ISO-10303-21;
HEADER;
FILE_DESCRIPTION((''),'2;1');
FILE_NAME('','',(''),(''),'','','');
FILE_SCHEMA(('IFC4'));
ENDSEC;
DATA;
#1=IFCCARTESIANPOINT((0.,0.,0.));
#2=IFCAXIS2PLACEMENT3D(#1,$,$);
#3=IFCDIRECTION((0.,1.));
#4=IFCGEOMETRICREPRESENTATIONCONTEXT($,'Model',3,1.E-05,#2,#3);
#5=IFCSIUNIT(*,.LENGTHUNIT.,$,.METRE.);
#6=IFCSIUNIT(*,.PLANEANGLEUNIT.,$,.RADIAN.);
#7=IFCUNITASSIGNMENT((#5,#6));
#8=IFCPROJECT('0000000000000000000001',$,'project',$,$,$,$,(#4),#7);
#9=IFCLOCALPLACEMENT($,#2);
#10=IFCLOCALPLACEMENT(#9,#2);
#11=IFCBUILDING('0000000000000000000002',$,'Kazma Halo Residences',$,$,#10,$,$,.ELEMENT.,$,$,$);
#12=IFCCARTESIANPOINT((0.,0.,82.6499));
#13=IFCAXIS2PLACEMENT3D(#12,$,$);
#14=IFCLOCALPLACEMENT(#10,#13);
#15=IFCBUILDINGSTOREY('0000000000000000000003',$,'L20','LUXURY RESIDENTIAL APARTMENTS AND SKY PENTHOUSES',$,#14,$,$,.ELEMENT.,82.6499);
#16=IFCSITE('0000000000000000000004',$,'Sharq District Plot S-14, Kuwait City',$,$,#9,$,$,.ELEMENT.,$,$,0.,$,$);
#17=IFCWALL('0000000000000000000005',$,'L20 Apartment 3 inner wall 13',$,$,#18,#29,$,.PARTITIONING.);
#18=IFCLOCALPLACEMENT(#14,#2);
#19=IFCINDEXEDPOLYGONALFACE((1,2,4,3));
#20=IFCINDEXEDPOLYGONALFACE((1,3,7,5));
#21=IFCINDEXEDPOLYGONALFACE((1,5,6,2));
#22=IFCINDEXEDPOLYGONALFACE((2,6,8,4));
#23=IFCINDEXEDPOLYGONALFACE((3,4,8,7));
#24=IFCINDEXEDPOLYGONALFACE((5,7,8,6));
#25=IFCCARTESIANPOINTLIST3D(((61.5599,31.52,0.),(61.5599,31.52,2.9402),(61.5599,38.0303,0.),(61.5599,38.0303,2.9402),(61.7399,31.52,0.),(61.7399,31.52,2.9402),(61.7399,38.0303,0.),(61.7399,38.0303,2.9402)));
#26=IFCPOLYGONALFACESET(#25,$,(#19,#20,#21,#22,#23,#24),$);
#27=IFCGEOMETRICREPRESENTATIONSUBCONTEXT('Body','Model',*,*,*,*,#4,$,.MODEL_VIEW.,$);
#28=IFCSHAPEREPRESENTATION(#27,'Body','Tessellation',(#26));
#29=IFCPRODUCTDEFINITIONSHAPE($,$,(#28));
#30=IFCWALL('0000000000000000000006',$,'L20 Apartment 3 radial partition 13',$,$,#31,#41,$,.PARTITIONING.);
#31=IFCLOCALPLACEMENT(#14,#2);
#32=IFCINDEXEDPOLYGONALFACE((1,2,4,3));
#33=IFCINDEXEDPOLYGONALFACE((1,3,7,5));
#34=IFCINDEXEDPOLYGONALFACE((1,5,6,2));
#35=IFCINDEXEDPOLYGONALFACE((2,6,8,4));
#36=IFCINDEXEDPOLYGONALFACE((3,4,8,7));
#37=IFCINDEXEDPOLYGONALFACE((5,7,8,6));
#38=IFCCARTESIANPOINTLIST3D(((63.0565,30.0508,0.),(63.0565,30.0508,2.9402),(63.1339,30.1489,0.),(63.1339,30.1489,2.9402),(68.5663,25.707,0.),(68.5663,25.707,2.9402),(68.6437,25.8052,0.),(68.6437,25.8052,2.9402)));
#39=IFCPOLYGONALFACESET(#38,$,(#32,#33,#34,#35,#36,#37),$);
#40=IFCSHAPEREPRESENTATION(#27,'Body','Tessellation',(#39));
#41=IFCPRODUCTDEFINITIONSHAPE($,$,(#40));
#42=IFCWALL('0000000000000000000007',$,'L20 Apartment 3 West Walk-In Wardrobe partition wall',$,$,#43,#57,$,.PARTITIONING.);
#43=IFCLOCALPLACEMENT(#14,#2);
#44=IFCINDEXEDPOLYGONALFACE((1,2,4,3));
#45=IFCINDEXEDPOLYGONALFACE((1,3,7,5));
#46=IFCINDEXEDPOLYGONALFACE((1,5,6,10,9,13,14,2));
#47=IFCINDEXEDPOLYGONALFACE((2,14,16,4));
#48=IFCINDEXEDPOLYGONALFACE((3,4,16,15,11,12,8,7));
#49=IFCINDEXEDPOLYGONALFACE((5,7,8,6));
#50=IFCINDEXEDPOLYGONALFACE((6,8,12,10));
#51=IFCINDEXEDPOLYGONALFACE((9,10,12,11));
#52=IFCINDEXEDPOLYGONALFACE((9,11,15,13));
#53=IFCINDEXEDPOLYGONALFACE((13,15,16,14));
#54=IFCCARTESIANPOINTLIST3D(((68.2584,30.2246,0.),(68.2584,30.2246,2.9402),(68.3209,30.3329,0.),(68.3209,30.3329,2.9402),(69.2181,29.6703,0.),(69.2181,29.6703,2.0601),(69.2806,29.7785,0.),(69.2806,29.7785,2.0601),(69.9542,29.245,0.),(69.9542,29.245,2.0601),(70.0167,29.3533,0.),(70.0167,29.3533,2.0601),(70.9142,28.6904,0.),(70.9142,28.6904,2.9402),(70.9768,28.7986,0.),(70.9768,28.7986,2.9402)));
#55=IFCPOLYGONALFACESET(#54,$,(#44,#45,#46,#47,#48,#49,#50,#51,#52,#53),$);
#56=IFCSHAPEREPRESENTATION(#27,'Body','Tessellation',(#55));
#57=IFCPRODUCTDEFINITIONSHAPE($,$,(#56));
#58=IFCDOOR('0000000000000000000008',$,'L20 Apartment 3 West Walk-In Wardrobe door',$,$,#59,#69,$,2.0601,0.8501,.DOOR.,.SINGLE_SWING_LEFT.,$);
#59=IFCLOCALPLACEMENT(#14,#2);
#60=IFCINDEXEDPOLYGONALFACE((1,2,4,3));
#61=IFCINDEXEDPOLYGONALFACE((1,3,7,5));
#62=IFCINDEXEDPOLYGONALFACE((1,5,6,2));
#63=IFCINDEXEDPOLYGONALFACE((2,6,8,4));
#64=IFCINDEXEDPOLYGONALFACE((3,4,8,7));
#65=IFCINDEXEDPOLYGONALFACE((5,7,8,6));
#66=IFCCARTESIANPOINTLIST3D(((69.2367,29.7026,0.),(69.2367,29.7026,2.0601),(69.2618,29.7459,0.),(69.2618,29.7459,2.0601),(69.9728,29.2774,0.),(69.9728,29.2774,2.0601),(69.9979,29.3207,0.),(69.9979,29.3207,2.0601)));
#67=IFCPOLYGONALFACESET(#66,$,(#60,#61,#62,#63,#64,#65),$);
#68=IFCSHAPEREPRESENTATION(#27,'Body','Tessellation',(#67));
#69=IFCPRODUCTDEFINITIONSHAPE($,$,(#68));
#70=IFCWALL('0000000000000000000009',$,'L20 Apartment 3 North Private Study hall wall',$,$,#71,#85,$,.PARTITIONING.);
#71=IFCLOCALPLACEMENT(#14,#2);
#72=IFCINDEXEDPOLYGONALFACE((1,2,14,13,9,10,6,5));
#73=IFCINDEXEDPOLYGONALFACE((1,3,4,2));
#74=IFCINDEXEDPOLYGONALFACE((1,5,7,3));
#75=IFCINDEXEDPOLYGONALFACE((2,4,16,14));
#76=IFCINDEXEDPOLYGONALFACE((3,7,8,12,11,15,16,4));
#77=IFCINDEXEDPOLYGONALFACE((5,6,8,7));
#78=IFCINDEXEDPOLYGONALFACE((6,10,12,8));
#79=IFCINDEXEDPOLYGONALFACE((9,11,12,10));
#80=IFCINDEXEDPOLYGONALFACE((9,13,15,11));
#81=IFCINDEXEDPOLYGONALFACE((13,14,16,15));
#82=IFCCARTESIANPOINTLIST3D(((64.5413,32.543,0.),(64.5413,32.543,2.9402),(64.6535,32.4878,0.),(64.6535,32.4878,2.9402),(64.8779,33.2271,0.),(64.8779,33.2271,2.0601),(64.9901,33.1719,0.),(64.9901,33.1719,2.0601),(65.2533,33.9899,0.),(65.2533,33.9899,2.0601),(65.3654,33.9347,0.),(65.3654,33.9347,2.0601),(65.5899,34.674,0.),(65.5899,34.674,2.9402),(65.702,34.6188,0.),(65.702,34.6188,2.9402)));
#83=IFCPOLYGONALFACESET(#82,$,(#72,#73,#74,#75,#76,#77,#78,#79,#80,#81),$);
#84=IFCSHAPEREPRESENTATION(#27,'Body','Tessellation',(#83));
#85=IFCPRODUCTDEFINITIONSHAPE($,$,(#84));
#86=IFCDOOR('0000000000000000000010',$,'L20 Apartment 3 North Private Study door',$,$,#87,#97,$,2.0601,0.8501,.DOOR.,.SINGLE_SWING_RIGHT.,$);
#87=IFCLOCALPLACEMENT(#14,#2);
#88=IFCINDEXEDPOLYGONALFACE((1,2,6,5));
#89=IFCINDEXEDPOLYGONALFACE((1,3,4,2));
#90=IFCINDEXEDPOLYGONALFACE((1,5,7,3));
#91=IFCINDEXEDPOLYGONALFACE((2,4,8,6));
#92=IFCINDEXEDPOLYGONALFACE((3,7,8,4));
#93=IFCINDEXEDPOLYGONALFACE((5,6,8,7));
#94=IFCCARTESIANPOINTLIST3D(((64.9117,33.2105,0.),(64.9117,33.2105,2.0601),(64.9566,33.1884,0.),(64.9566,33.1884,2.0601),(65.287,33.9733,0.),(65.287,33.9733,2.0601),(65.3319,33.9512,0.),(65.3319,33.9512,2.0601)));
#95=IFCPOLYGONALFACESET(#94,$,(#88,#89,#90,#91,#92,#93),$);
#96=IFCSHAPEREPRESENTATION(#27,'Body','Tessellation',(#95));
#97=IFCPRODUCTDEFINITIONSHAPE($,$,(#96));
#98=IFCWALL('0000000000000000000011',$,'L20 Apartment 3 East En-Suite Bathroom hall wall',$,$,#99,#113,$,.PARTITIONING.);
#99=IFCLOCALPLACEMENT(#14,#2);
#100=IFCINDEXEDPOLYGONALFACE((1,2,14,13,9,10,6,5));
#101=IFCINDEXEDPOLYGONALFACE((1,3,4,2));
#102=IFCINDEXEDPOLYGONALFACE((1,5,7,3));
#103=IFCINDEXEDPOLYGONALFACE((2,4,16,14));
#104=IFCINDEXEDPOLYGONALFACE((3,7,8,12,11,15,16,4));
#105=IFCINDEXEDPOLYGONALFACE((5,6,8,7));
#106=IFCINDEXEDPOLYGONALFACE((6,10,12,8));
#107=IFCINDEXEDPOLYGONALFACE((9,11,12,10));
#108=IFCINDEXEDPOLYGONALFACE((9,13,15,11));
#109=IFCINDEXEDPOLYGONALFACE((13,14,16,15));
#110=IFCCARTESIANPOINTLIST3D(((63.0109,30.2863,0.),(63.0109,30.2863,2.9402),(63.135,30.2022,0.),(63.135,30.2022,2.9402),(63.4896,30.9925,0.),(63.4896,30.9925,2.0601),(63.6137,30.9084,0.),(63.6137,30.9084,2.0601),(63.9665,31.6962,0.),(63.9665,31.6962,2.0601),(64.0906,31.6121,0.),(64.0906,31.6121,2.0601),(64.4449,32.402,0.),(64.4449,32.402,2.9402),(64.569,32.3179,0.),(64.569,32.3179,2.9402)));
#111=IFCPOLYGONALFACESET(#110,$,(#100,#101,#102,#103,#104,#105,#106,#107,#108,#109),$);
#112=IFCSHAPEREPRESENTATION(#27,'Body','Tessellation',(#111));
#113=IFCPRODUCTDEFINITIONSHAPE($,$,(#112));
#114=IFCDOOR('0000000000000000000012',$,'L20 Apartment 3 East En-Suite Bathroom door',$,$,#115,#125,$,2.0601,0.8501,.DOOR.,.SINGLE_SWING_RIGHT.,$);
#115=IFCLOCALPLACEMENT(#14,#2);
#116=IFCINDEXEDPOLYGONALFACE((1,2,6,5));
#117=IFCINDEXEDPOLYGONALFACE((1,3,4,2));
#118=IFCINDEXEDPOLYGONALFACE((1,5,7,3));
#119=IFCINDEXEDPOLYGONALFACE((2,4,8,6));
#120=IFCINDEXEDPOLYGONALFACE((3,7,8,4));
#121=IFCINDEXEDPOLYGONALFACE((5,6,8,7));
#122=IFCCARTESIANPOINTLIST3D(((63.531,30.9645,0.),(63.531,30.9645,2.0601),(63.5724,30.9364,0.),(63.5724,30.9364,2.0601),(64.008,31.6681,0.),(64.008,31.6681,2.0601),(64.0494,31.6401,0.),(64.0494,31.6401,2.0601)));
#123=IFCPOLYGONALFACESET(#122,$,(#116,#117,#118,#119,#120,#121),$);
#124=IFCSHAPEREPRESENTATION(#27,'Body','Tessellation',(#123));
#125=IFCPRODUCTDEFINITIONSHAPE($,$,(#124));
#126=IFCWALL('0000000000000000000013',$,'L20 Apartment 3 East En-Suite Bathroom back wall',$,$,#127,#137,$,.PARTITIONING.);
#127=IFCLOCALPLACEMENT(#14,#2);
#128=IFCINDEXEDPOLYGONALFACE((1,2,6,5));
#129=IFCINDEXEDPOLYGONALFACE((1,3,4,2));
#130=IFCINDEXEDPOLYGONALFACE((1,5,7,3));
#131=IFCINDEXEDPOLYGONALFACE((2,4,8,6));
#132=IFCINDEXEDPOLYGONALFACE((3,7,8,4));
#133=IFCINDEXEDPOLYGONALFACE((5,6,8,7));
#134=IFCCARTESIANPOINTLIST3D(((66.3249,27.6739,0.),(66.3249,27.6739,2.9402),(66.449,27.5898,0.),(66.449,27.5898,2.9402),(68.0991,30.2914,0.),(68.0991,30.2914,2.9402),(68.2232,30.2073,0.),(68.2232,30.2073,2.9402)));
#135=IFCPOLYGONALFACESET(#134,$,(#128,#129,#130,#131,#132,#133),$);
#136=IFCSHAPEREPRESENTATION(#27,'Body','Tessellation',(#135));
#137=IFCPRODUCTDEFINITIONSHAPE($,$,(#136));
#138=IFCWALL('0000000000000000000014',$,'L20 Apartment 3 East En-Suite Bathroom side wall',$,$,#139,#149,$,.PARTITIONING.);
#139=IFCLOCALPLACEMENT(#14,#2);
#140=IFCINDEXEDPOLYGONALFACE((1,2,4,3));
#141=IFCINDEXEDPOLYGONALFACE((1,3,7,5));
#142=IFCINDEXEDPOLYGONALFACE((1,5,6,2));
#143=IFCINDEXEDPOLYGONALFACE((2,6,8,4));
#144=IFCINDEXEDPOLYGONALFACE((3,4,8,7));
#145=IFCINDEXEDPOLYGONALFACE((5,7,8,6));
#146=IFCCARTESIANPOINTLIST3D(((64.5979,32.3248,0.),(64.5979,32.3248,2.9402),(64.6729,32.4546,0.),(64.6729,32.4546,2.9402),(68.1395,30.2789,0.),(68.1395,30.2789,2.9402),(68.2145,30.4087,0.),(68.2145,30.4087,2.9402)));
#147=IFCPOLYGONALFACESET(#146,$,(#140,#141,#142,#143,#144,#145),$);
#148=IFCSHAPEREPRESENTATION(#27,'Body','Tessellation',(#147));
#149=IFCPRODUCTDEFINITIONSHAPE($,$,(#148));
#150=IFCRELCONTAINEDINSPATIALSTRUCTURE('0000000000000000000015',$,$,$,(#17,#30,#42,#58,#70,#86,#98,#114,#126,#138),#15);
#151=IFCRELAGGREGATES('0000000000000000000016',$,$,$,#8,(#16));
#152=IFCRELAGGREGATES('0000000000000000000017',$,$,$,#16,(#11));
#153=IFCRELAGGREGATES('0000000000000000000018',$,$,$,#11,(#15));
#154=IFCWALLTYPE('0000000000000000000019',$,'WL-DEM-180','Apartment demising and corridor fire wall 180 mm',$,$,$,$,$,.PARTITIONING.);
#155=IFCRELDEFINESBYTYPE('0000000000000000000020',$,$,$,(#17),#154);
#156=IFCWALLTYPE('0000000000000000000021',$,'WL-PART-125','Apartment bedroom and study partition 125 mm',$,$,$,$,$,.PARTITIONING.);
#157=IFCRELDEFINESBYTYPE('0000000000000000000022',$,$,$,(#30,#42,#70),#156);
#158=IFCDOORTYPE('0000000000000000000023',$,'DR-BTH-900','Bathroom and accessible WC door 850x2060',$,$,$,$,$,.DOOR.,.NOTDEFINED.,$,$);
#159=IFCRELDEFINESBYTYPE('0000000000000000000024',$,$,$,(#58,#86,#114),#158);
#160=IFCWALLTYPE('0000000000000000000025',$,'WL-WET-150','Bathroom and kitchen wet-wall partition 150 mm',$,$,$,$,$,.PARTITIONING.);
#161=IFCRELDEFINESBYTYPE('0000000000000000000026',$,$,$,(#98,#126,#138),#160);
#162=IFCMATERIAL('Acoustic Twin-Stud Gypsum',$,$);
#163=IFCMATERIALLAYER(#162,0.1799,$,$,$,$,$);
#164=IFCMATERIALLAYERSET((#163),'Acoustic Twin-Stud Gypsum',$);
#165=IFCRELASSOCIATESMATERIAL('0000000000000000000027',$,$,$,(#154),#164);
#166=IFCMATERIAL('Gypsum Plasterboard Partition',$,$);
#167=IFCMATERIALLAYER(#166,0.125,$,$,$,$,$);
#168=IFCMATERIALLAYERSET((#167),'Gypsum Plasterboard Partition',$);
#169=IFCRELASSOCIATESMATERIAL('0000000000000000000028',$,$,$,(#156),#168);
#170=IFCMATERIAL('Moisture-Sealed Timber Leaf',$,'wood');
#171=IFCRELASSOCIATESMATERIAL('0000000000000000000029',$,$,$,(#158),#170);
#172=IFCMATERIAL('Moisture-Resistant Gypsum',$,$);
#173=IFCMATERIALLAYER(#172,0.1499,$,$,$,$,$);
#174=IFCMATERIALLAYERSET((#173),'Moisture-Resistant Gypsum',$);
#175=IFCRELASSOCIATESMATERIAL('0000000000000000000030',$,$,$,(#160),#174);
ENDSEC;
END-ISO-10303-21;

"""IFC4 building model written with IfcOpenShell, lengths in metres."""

from ifc_helpers import new_model, si_unit, direction, frame, frame_2d, origin, place, context, subcontext, project, spatial, rectangle, extrude, material, layer, layer_set, type_object, element, fill, save


model = new_model("IFC4")

# Units and contexts
model_context = context("Model", 3, precision=1e-05, world=origin(), true_north=direction((0.0, 1.0)))
body_context = subcontext(model_context, "Body", "Model", "MODEL_VIEW")
ifc_project = project(units=[si_unit("LENGTHUNIT", "METRE"), si_unit("PLANEANGLEUNIT", "RADIAN")], contexts=[model_context])

# Site, building, storey
site_placement = place(None, origin())
site = spatial("IfcSite", under=ifc_project, at=site_placement, Name="Sharq District Plot S-14, Kuwait City", CompositionType="ELEMENT", RefElevation=0.0)
building_placement = place(site_placement, origin())
building = spatial("IfcBuilding", under=site, at=building_placement, Name="Kazma Halo Residences", CompositionType="ELEMENT")
storey_placement = place(building_placement, frame((0.0, 0.0, 82.6499)))
storey = spatial("IfcBuildingStorey", under=building, at=storey_placement, Name="L20", Description="LUXURY RESIDENTIAL APARTMENTS AND SKY PENTHOUSES", CompositionType="ELEMENT", Elevation=82.6499)

# Wall
ifc_material_1 = material(Name="Acoustic Twin-Stud Gypsum")
ifc_layer_1 = layer(ifc_material_1, 0.1799)
ifc_layer_set_1 = layer_set([ifc_layer_1], Name="Acoustic Twin-Stud Gypsum")
wall_type_1 = type_object("IfcWallType", Name="WL-DEM-180", Description="Apartment demising and corridor fire wall 180 mm", PredefinedType="PARTITIONING", material=ifc_layer_set_1)
wall_1_placement = place(storey_placement, frame((61.6499, 31.52, 0.0), z_axis=(0.0, 0.0, 1.0), x_axis=(0.0, 1.0, 0.0)))
element("IfcWall", 1, at=wall_1_placement, inside=storey, type_object=wall_type_1, Name="L20 Apartment 3 inner wall 13", PredefinedType="PARTITIONING", context=body_context, shape_type="SweptSolid", body=[
    extrude(rectangle(XDim=6.5103, YDim=0.1799, at=frame_2d((3.2551, 0.0))), origin(), (0.0, 0.0, 1.0), 2.9402),
])

# Wall
ifc_material_2 = material(Name="Gypsum Plasterboard Partition")
ifc_layer_2 = layer(ifc_material_2, 0.125)
ifc_layer_set_2 = layer_set([ifc_layer_2], Name="Gypsum Plasterboard Partition")
wall_type_2 = type_object("IfcWallType", Name="WL-PART-125", Description="Apartment bedroom and study partition 125 mm", PredefinedType="PARTITIONING", material=ifc_layer_set_2)
wall_2_placement = place(storey_placement, frame((63.0952, 30.0999, 0.0), z_axis=(0.0, 0.0, 1.0), x_axis=(0.785303, -0.619112, 0.0)))
element("IfcWall", 2, at=wall_2_placement, inside=storey, type_object=wall_type_2, Name="L20 Apartment 3 radial partition 13", PredefinedType="PARTITIONING", context=body_context, shape_type="SweptSolid", body=[
    extrude(rectangle(XDim=7.0161, YDim=0.125, at=frame_2d((3.5081, 0.0))), origin(), (0.0, 0.0, 1.0), 2.9402),
])

# Walls, openings, doors
wall_3_placement = place(storey_placement, frame((68.2896, 30.2788, 0.0), z_axis=(0.0, 0.0, 1.0), x_axis=(0.865902, -0.500214, 0.0)))
wall_3 = element("IfcWall", 3, at=wall_3_placement, inside=storey, type_object=wall_type_2, Name="L20 Apartment 3 West Walk-In Wardrobe partition wall", PredefinedType="PARTITIONING", context=body_context, shape_type="SweptSolid", body=[
    extrude(rectangle(XDim=3.0671, YDim=0.125, at=frame_2d((1.5337, 0.0))), origin(), (0.0, 0.0, 1.0), 2.9402),
])
opening_1_placement = place(wall_3_placement, frame((1.1084, 0.0, 0.0)))
opening_1 = element("IfcOpeningElement", 4, at=opening_1_placement, cuts=wall_3, PredefinedType="OPENING", context=body_context, shape_type="SweptSolid", body=[
    extrude(rectangle(XDim=0.8501, YDim=2.0601, at=frame_2d((0.425, 1.03))), frame((0.0, 0.0725, 0.0), z_axis=(0.0, -1.0, 0.0), x_axis=(1.0, 0.0, 0.0)), (0.0, 0.0, 1.0), 0.145),
])
ifc_material_3 = material(Name="Moisture-Sealed Timber Leaf", Category="wood")
door_type_1 = type_object("IfcDoorType", Name="DR-BTH-900", Description="Bathroom and accessible WC door 850x2060", OperationType="NOTDEFINED", PredefinedType="DOOR", material=ifc_material_3)
door_1_placement = place(opening_1_placement, origin())
door_1 = element("IfcDoor", 5, at=door_1_placement, inside=storey, type_object=door_type_1, Name="L20 Apartment 3 West Walk-In Wardrobe door", OperationType="SINGLE_SWING_LEFT", OverallHeight=2.0601, OverallWidth=0.8501, PredefinedType="DOOR", context=body_context, shape_type="SweptSolid", body=[
    extrude(rectangle(XDim=0.8501, YDim=2.0601, at=frame_2d((0.425, 1.03))), frame((0.0, 0.0249, 0.0), z_axis=(0.0, -1.0, 0.0), x_axis=(1.0, 0.0, 0.0)), (0.0, 0.0, 1.0), 0.05),
])
fill(opening_1, door_1)
wall_4_placement = place(storey_placement, frame((64.5974, 32.5154, 0.0), z_axis=(0.0, 0.0, 1.0), x_axis=(0.441489, 0.897267, 0.0)))
wall_4 = element("IfcWall", 6, at=wall_4_placement, inside=storey, type_object=wall_type_2, Name="L20 Apartment 3 North Private Study hall wall", PredefinedType="PARTITIONING", context=body_context, shape_type="SweptSolid", body=[
    extrude(rectangle(XDim=2.375, YDim=0.125, at=frame_2d((1.1875, 0.0))), origin(), (0.0, 0.0, 1.0), 2.9402),
])
opening_2_placement = place(wall_4_placement, frame((0.7625, 0.0, 0.0)))
opening_2 = element("IfcOpeningElement", 7, at=opening_2_placement, cuts=wall_4, PredefinedType="OPENING", context=body_context, shape_type="SweptSolid", body=[
    extrude(rectangle(XDim=0.8501, YDim=2.0601, at=frame_2d((0.425, 1.03))), frame((0.0, 0.0725, 0.0), z_axis=(0.0, -1.0, 0.0), x_axis=(1.0, 0.0, 0.0)), (0.0, 0.0, 1.0), 0.145),
])
door_2_placement = place(opening_2_placement, origin())
door_2 = element("IfcDoor", 8, at=door_2_placement, inside=storey, type_object=door_type_1, Name="L20 Apartment 3 North Private Study door", OperationType="SINGLE_SWING_RIGHT", OverallHeight=2.0601, OverallWidth=0.8501, PredefinedType="DOOR", context=body_context, shape_type="SweptSolid", body=[
    extrude(rectangle(XDim=0.8501, YDim=2.0601, at=frame_2d((0.425, 1.03))), frame((0.0, 0.0249, 0.0), z_axis=(0.0, -1.0, 0.0), x_axis=(1.0, 0.0, 0.0)), (0.0, 0.0, 1.0), 0.05),
])
fill(opening_2, door_2)
ifc_material_4 = material(Name="Moisture-Resistant Gypsum")
ifc_layer_3 = layer(ifc_material_4, 0.1499)
ifc_layer_set_3 = layer_set([ifc_layer_3], Name="Moisture-Resistant Gypsum")
wall_type_3 = type_object("IfcWallType", Name="WL-WET-150", Description="Bathroom and kitchen wet-wall partition 150 mm", PredefinedType="PARTITIONING", material=ifc_layer_set_3)
wall_5_placement = place(storey_placement, frame((63.073, 30.2444, 0.0), z_axis=(0.0, 0.0, 1.0), x_axis=(0.561076, 0.827764, 0.0)))
wall_5 = element("IfcWall", 9, at=wall_5_placement, inside=storey, type_object=wall_type_3, Name="L20 Apartment 3 East En-Suite Bathroom hall wall", PredefinedType="PARTITIONING", context=body_context, shape_type="SweptSolid", body=[
    extrude(rectangle(XDim=2.5559, YDim=0.1499, at=frame_2d((1.2778, 0.0))), origin(), (0.0, 0.0, 1.0), 2.9402),
])
opening_3_placement = place(wall_5_placement, frame((0.853, 0.0, 0.0)))
opening_3 = element("IfcOpeningElement", 10, at=opening_3_placement, cuts=wall_5, PredefinedType="OPENING", context=body_context, shape_type="SweptSolid", body=[
    extrude(rectangle(XDim=0.8501, YDim=2.0601, at=frame_2d((0.425, 1.03))), frame((0.0, 0.085, 0.0), z_axis=(0.0, -1.0, 0.0), x_axis=(1.0, 0.0, 0.0)), (0.0, 0.0, 1.0), 0.1699),
])
door_3_placement = place(opening_3_placement, origin())
door_3 = element("IfcDoor", 11, at=door_3_placement, inside=storey, type_object=door_type_1, Name="L20 Apartment 3 East En-Suite Bathroom door", OperationType="SINGLE_SWING_RIGHT", OverallHeight=2.0601, OverallWidth=0.8501, PredefinedType="DOOR", context=body_context, shape_type="SweptSolid", body=[
    extrude(rectangle(XDim=0.8501, YDim=2.0601, at=frame_2d((0.425, 1.03))), frame((0.0, 0.0249, 0.0), z_axis=(0.0, -1.0, 0.0), x_axis=(1.0, 0.0, 0.0)), (0.0, 0.0, 1.0), 0.05),
])
fill(opening_3, door_3)

# Walls
wall_6_placement = place(storey_placement, frame((66.387, 27.6318, 0.0), z_axis=(0.0, 0.0, 1.0), x_axis=(0.56108, 0.827761, 0.0)))
element("IfcWall", 12, at=wall_6_placement, inside=storey, type_object=wall_type_3, Name="L20 Apartment 3 East En-Suite Bathroom back wall", PredefinedType="PARTITIONING", context=body_context, shape_type="SweptSolid", body=[
    extrude(rectangle(XDim=3.1621, YDim=0.1499, at=frame_2d((1.5811, 0.0))), origin(), (0.0, 0.0, 1.0), 2.9402),
])
wall_7_placement = place(storey_placement, frame((64.6355, 32.3896, 0.0), z_axis=(0.0, 0.0, 1.0), x_axis=(0.865897, -0.500222, 0.0)))
element("IfcWall", 13, at=wall_7_placement, inside=storey, type_object=wall_type_3, Name="L20 Apartment 3 East En-Suite Bathroom side wall", PredefinedType="PARTITIONING", context=body_context, shape_type="SweptSolid", body=[
    extrude(rectangle(XDim=4.0901, YDim=0.1499, at=frame_2d((2.0449, 0.0))), origin(), (0.0, 0.0, 1.0), 2.9402),
])

save(model, "model.ifc")
